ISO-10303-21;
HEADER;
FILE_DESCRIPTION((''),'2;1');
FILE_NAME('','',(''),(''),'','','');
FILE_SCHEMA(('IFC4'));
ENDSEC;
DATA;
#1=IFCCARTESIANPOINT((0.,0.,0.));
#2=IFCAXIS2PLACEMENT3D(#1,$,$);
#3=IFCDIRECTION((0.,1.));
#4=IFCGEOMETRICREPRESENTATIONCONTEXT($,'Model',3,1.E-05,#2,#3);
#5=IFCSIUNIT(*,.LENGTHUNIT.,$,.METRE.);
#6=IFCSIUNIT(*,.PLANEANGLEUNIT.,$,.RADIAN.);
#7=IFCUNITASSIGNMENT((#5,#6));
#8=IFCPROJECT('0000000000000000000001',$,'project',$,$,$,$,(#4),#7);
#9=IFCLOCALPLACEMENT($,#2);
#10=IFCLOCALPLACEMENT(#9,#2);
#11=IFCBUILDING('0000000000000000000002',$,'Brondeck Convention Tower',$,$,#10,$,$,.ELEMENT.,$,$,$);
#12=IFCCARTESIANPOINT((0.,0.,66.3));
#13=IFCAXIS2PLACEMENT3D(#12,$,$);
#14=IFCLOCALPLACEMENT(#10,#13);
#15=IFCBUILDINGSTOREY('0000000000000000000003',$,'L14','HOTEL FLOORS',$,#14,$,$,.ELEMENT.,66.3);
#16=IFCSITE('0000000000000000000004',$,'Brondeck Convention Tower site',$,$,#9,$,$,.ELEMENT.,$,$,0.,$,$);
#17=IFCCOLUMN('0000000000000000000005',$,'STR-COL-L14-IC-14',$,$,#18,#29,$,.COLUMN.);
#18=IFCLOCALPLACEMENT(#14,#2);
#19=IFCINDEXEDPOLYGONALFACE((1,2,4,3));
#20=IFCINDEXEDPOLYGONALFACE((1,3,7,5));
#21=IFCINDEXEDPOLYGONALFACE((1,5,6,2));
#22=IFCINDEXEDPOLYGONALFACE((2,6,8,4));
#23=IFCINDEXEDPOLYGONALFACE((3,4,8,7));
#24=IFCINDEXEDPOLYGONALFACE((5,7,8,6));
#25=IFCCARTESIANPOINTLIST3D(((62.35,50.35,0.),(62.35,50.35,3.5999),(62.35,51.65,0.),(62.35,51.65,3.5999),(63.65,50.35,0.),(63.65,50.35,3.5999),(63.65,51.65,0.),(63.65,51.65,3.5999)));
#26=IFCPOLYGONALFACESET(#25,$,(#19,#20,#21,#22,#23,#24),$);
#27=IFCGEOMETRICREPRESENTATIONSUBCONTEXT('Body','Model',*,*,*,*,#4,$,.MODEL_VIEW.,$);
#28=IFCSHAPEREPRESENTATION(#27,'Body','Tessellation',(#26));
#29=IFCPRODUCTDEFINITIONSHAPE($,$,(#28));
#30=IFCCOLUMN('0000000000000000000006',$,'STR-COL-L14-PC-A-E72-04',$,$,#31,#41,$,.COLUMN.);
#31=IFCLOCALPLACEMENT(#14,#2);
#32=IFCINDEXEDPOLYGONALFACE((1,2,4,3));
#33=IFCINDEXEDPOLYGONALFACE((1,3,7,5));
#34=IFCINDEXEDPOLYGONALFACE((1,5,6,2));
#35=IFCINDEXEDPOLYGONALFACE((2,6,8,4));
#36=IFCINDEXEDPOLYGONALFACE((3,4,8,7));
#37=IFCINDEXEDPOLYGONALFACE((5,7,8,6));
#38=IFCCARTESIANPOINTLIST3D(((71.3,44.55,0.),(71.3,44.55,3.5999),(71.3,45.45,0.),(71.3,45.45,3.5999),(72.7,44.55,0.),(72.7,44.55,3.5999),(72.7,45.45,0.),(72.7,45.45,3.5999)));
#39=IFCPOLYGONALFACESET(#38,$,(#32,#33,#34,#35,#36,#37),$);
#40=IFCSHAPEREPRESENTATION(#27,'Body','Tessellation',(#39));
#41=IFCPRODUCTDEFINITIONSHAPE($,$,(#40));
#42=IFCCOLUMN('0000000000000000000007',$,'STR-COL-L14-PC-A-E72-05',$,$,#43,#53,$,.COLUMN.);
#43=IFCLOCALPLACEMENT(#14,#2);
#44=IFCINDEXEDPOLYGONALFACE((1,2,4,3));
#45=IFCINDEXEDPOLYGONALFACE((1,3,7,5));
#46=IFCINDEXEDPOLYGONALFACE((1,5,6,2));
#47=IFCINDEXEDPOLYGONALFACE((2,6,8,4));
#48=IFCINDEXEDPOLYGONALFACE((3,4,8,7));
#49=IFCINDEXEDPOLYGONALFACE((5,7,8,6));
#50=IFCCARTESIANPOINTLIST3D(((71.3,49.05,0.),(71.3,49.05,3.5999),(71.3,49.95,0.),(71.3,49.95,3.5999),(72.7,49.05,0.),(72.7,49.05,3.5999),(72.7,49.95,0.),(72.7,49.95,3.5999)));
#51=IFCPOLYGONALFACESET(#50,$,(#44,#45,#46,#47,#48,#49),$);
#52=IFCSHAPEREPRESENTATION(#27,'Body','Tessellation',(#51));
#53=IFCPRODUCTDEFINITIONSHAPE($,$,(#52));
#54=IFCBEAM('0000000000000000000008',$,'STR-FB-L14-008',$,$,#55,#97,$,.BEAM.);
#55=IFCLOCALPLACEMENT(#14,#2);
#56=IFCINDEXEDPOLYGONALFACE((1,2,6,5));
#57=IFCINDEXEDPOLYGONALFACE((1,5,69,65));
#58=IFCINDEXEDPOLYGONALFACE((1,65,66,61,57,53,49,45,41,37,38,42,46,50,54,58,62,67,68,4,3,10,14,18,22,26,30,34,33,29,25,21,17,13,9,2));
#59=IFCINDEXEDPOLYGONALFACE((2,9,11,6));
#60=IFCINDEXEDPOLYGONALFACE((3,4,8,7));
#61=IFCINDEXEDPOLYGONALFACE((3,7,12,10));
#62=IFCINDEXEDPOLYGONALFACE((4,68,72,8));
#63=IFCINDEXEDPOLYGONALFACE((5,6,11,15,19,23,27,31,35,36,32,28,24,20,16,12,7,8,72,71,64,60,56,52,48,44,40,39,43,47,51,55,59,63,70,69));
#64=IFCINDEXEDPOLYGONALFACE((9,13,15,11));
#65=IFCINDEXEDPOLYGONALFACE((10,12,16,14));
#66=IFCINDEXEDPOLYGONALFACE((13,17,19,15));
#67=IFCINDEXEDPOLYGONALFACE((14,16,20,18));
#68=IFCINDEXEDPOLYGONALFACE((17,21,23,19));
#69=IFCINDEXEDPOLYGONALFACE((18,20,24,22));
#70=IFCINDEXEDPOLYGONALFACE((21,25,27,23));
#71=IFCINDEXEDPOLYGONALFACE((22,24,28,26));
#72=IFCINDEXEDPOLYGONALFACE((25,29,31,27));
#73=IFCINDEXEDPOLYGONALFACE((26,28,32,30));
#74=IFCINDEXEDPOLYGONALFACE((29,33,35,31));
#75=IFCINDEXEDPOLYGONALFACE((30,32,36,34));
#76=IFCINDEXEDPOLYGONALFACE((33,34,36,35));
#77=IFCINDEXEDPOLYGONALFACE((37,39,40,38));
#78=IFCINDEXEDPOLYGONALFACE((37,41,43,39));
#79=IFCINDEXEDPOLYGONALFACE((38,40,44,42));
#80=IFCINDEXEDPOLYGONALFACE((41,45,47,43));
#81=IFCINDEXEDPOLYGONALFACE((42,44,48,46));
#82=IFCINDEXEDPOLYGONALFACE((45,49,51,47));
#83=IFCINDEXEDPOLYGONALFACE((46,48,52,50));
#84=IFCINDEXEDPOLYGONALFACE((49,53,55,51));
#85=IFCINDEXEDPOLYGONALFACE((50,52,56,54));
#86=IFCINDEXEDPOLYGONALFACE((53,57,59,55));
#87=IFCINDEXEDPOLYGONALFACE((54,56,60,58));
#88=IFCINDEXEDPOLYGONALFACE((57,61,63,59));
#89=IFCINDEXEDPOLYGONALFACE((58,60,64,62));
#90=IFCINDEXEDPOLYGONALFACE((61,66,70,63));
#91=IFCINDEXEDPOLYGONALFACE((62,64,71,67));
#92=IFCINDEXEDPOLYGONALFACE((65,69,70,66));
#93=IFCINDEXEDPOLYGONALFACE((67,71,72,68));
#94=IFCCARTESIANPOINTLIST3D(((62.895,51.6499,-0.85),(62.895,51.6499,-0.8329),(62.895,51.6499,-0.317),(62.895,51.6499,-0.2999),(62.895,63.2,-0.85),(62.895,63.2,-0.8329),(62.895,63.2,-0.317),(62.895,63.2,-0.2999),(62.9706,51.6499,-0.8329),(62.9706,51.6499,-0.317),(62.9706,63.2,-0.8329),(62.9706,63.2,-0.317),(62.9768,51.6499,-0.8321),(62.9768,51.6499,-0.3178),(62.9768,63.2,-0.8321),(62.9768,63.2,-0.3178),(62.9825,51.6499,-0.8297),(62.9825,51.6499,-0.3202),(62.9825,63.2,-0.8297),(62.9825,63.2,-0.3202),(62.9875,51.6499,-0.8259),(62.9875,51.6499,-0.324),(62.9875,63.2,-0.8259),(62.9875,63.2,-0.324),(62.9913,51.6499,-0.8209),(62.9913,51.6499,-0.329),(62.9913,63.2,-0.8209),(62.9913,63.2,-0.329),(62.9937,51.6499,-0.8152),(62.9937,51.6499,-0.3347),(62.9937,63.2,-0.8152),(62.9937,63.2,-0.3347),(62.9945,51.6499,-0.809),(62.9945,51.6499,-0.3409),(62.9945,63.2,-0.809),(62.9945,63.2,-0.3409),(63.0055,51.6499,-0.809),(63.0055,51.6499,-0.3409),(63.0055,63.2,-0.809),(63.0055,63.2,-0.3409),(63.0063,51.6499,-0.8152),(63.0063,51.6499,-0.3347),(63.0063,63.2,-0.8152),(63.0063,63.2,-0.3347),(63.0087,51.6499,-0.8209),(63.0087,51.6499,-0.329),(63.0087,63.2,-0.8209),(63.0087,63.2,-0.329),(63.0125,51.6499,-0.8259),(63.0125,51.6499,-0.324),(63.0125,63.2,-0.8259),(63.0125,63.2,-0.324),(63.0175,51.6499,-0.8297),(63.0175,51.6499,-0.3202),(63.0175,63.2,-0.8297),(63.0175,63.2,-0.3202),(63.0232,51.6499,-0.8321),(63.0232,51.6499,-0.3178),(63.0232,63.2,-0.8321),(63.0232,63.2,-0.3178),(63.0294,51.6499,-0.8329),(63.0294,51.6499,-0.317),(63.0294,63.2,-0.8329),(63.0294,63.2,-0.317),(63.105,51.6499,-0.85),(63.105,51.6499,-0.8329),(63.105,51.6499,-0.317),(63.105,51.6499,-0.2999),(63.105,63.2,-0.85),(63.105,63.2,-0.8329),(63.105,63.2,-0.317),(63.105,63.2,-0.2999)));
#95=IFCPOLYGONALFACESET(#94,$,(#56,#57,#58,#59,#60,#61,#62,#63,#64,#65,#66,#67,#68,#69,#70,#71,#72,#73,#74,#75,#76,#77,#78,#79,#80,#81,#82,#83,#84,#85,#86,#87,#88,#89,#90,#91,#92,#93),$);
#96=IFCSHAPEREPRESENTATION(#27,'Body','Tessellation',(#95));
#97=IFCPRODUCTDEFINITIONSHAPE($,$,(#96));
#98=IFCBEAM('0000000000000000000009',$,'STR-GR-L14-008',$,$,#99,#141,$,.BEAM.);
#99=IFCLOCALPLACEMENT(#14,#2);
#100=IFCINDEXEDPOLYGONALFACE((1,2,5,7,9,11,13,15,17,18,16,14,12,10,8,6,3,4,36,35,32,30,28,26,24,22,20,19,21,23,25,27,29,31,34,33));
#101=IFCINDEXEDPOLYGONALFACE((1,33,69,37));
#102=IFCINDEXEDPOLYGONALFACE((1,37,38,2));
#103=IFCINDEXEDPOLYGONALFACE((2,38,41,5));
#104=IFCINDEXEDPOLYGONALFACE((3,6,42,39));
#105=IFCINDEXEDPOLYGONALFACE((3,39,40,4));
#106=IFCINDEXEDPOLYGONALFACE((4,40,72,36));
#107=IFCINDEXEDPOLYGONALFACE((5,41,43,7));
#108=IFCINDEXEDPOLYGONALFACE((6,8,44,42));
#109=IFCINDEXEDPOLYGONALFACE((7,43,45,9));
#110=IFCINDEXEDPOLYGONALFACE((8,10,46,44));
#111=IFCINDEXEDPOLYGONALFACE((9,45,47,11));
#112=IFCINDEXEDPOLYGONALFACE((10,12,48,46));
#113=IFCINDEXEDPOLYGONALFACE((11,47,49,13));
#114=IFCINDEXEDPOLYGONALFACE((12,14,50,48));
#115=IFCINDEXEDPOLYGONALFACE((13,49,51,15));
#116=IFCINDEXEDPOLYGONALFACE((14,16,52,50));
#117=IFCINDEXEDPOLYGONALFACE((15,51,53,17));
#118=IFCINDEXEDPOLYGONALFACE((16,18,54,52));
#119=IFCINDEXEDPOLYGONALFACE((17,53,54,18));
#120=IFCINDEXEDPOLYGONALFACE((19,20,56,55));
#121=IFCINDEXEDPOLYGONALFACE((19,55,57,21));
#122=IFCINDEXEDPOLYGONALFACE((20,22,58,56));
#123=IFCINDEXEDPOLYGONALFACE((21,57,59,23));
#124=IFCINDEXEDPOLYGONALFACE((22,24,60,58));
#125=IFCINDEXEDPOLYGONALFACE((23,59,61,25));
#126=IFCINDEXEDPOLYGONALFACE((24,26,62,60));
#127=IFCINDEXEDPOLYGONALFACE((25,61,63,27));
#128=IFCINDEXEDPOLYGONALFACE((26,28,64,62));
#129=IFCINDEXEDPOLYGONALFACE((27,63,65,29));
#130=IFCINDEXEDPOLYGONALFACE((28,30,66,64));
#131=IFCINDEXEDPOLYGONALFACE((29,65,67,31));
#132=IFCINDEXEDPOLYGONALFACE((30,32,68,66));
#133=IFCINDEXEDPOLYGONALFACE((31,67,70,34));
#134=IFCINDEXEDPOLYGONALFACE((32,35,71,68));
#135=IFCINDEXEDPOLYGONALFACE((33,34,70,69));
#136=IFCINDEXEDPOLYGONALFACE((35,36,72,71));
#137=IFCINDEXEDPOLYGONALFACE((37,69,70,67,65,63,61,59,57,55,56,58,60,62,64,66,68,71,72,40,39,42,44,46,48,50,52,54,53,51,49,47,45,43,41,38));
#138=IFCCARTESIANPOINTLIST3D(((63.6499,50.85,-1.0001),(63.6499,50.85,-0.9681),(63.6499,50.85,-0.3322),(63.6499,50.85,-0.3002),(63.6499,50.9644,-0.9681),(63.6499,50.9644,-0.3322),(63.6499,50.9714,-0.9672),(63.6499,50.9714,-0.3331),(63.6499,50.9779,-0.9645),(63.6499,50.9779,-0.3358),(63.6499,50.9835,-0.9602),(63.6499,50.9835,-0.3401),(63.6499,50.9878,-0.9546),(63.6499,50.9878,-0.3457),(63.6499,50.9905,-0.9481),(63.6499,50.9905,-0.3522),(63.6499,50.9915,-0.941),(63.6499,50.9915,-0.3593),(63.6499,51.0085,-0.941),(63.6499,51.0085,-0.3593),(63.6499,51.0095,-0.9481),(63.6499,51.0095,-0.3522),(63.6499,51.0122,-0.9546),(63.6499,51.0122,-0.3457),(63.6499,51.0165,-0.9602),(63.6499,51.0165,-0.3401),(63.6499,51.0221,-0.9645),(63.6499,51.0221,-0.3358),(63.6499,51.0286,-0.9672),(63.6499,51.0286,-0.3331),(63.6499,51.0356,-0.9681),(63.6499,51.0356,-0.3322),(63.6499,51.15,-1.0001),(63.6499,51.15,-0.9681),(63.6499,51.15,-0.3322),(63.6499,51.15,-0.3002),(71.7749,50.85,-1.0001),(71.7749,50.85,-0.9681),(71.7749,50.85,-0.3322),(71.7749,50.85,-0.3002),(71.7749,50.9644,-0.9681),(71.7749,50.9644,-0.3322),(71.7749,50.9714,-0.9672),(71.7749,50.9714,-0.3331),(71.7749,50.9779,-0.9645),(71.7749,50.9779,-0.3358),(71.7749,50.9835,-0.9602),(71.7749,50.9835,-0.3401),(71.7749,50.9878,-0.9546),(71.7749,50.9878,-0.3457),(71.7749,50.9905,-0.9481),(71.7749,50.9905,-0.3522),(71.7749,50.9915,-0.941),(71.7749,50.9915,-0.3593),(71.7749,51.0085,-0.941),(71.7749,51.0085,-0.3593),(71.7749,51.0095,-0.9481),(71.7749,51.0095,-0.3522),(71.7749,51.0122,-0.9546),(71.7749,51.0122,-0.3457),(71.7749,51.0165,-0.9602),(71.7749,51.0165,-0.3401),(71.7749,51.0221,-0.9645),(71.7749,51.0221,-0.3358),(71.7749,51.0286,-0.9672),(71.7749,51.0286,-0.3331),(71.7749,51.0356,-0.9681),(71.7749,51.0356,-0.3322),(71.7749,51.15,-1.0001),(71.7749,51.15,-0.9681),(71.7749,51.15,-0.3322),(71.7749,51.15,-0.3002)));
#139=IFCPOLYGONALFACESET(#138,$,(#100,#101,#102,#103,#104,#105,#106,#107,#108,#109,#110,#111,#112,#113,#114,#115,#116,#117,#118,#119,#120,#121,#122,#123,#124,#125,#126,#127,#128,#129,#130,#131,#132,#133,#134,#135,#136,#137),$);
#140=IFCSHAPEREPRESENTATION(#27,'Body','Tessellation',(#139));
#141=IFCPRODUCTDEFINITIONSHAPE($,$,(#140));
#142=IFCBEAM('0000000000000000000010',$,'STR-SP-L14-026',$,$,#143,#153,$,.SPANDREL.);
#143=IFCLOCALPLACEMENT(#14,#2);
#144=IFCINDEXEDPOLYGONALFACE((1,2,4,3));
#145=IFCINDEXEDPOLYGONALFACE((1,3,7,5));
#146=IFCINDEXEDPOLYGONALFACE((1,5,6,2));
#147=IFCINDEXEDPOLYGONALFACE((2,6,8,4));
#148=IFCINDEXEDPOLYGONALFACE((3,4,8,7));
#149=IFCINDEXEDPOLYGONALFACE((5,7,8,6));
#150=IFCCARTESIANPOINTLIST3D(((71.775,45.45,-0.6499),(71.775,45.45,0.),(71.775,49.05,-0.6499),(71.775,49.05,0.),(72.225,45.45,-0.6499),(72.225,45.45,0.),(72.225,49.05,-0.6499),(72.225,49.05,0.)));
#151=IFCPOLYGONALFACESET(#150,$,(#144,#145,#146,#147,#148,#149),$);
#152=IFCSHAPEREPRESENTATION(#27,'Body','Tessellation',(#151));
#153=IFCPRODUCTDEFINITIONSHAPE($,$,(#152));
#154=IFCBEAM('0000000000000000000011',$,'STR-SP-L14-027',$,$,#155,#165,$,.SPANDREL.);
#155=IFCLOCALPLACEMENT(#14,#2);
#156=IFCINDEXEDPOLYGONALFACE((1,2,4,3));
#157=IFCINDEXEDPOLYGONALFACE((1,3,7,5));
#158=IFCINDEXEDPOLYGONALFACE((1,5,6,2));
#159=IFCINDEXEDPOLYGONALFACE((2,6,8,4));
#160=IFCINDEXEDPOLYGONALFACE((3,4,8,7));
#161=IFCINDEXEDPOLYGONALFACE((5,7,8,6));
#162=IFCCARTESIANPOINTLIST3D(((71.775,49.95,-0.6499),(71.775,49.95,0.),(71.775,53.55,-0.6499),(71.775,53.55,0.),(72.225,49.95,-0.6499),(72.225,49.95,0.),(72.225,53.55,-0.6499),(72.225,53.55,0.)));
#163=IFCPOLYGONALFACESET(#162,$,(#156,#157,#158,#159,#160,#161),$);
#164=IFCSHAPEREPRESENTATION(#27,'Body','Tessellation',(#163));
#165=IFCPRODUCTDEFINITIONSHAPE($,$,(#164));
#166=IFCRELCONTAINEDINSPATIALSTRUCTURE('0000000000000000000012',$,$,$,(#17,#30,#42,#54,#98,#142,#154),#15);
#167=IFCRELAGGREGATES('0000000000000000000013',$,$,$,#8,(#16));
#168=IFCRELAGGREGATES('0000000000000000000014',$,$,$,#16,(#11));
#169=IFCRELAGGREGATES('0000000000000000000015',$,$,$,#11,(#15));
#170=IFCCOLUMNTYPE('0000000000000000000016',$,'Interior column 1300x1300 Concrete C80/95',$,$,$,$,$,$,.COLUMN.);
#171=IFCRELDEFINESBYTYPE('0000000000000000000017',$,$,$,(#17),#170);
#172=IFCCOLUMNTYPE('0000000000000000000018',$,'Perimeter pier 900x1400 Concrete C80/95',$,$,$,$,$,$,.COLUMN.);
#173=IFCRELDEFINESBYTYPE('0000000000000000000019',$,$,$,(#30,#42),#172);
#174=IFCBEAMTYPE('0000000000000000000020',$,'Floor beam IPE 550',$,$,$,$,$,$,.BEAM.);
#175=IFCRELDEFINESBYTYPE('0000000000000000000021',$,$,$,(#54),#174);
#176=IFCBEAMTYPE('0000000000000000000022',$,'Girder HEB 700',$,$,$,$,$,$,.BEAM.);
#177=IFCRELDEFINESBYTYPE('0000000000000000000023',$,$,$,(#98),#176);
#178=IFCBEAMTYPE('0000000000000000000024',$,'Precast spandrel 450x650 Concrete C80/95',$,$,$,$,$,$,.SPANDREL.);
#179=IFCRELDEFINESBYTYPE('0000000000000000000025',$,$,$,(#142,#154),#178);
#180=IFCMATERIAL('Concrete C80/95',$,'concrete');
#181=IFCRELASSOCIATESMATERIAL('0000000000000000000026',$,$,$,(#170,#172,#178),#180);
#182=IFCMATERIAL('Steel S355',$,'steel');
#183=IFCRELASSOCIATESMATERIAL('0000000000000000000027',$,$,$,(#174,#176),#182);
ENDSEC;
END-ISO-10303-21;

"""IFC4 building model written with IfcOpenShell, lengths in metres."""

from ifc_helpers import new_model, si_unit, direction, frame, origin, origin_2d, place, context, subcontext, project, spatial, rectangle, i_section, extrude, material, material_profile, profile_set, type_object, element, save


model = new_model("IFC4")

# Units and contexts
model_context = context("Model", 3, precision=1e-05, world=origin(), true_north=direction((0.0, 1.0)))
body_context = subcontext(model_context, "Body", "Model", "MODEL_VIEW")
ifc_project = project(units=[si_unit("LENGTHUNIT", "METRE"), si_unit("PLANEANGLEUNIT", "RADIAN")], contexts=[model_context])

# Site, building, storey
site_placement = place(None, origin())
site = spatial("IfcSite", under=ifc_project, at=site_placement, Name="Brondeck Convention Tower site", CompositionType="ELEMENT", RefElevation=0.0)
building_placement = place(site_placement, origin())
building = spatial("IfcBuilding", under=site, at=building_placement, Name="Brondeck Convention Tower", CompositionType="ELEMENT")
storey_placement = place(building_placement, frame((0.0, 0.0, 66.3)))
storey = spatial("IfcBuildingStorey", under=building, at=storey_placement, Name="L14", Description="HOTEL FLOORS", CompositionType="ELEMENT", Elevation=66.3)

# Columns
ifc_material_1 = material(Name="Concrete C80/95", Category="concrete")
ifc_material_profile_1 = material_profile(ifc_material_1, rectangle(XDim=1.3, YDim=1.3, at=origin_2d()), Name="Interior column 1300x1300 Concrete C80/95")
ifc_profile_set_1 = profile_set([ifc_material_profile_1], Name="Concrete C80/95")
column_type_1 = type_object("IfcColumnType", Name="Interior column 1300x1300 Concrete C80/95", PredefinedType="COLUMN", material=ifc_profile_set_1)
column_placement = place(storey_placement, frame((63.0, 51.0, 0.0), z_axis=(0.0, 0.0, 1.0), x_axis=(1.0, 0.0, 0.0)))
element("IfcColumn", 1, at=column_placement, inside=storey, type_object=column_type_1, Name="STR-COL-L14-IC-14", PredefinedType="COLUMN", context=body_context, shape_type="SweptSolid", body=[
    extrude(rectangle(XDim=1.3, YDim=1.3, at=origin_2d()), origin(), (0.0, 0.0, 1.0), 3.5999),
])
ifc_material_profile_2 = material_profile(ifc_material_1, rectangle(XDim=0.8999, YDim=1.3999, at=origin_2d()), Name="Perimeter pier 900x1400 Concrete C80/95")
ifc_profile_set_2 = profile_set([ifc_material_profile_2], Name="Concrete C80/95")
column_type_2 = type_object("IfcColumnType", Name="Perimeter pier 900x1400 Concrete C80/95", PredefinedType="COLUMN", material=ifc_profile_set_2)
for number, where, z_axis, x_axis, name in (
    (2, (72.0, 45.0, 0.0), (0.0, 0.0, 1.0), (0.0, 1.0, 0.0), "STR-COL-L14-PC-A-E72-04"),
    (3, (72.0, 49.5, 0.0), (0.0, 0.0, 1.0), (0.0, 1.0, 0.0), "STR-COL-L14-PC-A-E72-05"),
):
    element("IfcColumn", number, at=place(storey_placement, frame(where, z_axis=z_axis, x_axis=x_axis)), inside=storey, type_object=column_type_2, Name=name, PredefinedType="COLUMN", context=body_context, shape_type="SweptSolid", body=[
        extrude(rectangle(XDim=0.8999, YDim=1.3999, at=origin_2d()), origin(), (0.0, 0.0, 1.0), 3.5999),
    ])

# Beams
ifc_material_2 = material(Name="Steel S355", Category="steel")
ifc_material_profile_3 = material_profile(ifc_material_2, i_section(OverallWidth=0.21, OverallDepth=0.55, WebThickness=0.011, FlangeThickness=0.0171, FilletRadius=0.0239, at=origin_2d()), Name="IPE 550")
ifc_profile_set_3 = profile_set([ifc_material_profile_3], Name="Steel S355")
beam_type_1 = type_object("IfcBeamType", Name="Floor beam IPE 550", PredefinedType="BEAM", material=ifc_profile_set_3)
beam_1_placement = place(storey_placement, frame((63.0, 51.6499, -0.575), z_axis=(0.0, 1.0, 0.0), x_axis=(-1.0, 0.0, 0.0)))
element("IfcBeam", 4, at=beam_1_placement, inside=storey, type_object=beam_type_1, Name="STR-FB-L14-008", PredefinedType="BEAM", context=body_context, shape_type="SweptSolid", body=[
    extrude(i_section(OverallWidth=0.21, OverallDepth=0.55, WebThickness=0.011, FlangeThickness=0.0171, FilletRadius=0.0239, at=origin_2d()), origin(), (0.0, 0.0, 1.0), 11.55),
])
ifc_material_profile_4 = material_profile(ifc_material_2, i_section(OverallWidth=0.3, OverallDepth=0.7, WebThickness=0.0171, FlangeThickness=0.032, FilletRadius=0.0271, at=origin_2d()), Name="HEB 700")
ifc_profile_set_4 = profile_set([ifc_material_profile_4], Name="Steel S355")
beam_type_2 = type_object("IfcBeamType", Name="Girder HEB 700", PredefinedType="BEAM", material=ifc_profile_set_4)
beam_2_placement = place(storey_placement, frame((63.6499, 51.0, -0.6501), z_axis=(1.0, 0.0, 0.0), x_axis=(0.0, 1.0, 0.0)))
element("IfcBeam", 5, at=beam_2_placement, inside=storey, type_object=beam_type_2, Name="STR-GR-L14-008", PredefinedType="BEAM", context=body_context, shape_type="SweptSolid", body=[
    extrude(i_section(OverallWidth=0.3, OverallDepth=0.7, WebThickness=0.0171, FlangeThickness=0.032, FilletRadius=0.0271, at=origin_2d()), origin(), (0.0, 0.0, 1.0), 8.125),
])
ifc_material_profile_5 = material_profile(ifc_material_1, rectangle(XDim=0.45, YDim=0.6499, at=origin_2d()), Name="Precast spandrel 450x650 Concrete C80/95")
ifc_profile_set_5 = profile_set([ifc_material_profile_5], Name="Concrete C80/95")
beam_type_3 = type_object("IfcBeamType", Name="Precast spandrel 450x650 Concrete C80/95", PredefinedType="SPANDREL", material=ifc_profile_set_5)
for number, where, z_axis, x_axis, name in (
    (6, (72.0, 45.45, -0.325), (0.0, 1.0, 0.0), (-1.0, 0.0, 0.0), "STR-SP-L14-026"),
    (7, (72.0, 49.95, -0.325), (0.0, 1.0, 0.0), (-1.0, 0.0, 0.0), "STR-SP-L14-027"),
):
    element("IfcBeam", number, at=place(storey_placement, frame(where, z_axis=z_axis, x_axis=x_axis)), inside=storey, type_object=beam_type_3, Name=name, PredefinedType="SPANDREL", context=body_context, shape_type="SweptSolid", body=[
        extrude(rectangle(XDim=0.45, YDim=0.6499, at=origin_2d()), origin(), (0.0, 0.0, 1.0), 3.6001),
    ])

save(model, "model.ifc")
